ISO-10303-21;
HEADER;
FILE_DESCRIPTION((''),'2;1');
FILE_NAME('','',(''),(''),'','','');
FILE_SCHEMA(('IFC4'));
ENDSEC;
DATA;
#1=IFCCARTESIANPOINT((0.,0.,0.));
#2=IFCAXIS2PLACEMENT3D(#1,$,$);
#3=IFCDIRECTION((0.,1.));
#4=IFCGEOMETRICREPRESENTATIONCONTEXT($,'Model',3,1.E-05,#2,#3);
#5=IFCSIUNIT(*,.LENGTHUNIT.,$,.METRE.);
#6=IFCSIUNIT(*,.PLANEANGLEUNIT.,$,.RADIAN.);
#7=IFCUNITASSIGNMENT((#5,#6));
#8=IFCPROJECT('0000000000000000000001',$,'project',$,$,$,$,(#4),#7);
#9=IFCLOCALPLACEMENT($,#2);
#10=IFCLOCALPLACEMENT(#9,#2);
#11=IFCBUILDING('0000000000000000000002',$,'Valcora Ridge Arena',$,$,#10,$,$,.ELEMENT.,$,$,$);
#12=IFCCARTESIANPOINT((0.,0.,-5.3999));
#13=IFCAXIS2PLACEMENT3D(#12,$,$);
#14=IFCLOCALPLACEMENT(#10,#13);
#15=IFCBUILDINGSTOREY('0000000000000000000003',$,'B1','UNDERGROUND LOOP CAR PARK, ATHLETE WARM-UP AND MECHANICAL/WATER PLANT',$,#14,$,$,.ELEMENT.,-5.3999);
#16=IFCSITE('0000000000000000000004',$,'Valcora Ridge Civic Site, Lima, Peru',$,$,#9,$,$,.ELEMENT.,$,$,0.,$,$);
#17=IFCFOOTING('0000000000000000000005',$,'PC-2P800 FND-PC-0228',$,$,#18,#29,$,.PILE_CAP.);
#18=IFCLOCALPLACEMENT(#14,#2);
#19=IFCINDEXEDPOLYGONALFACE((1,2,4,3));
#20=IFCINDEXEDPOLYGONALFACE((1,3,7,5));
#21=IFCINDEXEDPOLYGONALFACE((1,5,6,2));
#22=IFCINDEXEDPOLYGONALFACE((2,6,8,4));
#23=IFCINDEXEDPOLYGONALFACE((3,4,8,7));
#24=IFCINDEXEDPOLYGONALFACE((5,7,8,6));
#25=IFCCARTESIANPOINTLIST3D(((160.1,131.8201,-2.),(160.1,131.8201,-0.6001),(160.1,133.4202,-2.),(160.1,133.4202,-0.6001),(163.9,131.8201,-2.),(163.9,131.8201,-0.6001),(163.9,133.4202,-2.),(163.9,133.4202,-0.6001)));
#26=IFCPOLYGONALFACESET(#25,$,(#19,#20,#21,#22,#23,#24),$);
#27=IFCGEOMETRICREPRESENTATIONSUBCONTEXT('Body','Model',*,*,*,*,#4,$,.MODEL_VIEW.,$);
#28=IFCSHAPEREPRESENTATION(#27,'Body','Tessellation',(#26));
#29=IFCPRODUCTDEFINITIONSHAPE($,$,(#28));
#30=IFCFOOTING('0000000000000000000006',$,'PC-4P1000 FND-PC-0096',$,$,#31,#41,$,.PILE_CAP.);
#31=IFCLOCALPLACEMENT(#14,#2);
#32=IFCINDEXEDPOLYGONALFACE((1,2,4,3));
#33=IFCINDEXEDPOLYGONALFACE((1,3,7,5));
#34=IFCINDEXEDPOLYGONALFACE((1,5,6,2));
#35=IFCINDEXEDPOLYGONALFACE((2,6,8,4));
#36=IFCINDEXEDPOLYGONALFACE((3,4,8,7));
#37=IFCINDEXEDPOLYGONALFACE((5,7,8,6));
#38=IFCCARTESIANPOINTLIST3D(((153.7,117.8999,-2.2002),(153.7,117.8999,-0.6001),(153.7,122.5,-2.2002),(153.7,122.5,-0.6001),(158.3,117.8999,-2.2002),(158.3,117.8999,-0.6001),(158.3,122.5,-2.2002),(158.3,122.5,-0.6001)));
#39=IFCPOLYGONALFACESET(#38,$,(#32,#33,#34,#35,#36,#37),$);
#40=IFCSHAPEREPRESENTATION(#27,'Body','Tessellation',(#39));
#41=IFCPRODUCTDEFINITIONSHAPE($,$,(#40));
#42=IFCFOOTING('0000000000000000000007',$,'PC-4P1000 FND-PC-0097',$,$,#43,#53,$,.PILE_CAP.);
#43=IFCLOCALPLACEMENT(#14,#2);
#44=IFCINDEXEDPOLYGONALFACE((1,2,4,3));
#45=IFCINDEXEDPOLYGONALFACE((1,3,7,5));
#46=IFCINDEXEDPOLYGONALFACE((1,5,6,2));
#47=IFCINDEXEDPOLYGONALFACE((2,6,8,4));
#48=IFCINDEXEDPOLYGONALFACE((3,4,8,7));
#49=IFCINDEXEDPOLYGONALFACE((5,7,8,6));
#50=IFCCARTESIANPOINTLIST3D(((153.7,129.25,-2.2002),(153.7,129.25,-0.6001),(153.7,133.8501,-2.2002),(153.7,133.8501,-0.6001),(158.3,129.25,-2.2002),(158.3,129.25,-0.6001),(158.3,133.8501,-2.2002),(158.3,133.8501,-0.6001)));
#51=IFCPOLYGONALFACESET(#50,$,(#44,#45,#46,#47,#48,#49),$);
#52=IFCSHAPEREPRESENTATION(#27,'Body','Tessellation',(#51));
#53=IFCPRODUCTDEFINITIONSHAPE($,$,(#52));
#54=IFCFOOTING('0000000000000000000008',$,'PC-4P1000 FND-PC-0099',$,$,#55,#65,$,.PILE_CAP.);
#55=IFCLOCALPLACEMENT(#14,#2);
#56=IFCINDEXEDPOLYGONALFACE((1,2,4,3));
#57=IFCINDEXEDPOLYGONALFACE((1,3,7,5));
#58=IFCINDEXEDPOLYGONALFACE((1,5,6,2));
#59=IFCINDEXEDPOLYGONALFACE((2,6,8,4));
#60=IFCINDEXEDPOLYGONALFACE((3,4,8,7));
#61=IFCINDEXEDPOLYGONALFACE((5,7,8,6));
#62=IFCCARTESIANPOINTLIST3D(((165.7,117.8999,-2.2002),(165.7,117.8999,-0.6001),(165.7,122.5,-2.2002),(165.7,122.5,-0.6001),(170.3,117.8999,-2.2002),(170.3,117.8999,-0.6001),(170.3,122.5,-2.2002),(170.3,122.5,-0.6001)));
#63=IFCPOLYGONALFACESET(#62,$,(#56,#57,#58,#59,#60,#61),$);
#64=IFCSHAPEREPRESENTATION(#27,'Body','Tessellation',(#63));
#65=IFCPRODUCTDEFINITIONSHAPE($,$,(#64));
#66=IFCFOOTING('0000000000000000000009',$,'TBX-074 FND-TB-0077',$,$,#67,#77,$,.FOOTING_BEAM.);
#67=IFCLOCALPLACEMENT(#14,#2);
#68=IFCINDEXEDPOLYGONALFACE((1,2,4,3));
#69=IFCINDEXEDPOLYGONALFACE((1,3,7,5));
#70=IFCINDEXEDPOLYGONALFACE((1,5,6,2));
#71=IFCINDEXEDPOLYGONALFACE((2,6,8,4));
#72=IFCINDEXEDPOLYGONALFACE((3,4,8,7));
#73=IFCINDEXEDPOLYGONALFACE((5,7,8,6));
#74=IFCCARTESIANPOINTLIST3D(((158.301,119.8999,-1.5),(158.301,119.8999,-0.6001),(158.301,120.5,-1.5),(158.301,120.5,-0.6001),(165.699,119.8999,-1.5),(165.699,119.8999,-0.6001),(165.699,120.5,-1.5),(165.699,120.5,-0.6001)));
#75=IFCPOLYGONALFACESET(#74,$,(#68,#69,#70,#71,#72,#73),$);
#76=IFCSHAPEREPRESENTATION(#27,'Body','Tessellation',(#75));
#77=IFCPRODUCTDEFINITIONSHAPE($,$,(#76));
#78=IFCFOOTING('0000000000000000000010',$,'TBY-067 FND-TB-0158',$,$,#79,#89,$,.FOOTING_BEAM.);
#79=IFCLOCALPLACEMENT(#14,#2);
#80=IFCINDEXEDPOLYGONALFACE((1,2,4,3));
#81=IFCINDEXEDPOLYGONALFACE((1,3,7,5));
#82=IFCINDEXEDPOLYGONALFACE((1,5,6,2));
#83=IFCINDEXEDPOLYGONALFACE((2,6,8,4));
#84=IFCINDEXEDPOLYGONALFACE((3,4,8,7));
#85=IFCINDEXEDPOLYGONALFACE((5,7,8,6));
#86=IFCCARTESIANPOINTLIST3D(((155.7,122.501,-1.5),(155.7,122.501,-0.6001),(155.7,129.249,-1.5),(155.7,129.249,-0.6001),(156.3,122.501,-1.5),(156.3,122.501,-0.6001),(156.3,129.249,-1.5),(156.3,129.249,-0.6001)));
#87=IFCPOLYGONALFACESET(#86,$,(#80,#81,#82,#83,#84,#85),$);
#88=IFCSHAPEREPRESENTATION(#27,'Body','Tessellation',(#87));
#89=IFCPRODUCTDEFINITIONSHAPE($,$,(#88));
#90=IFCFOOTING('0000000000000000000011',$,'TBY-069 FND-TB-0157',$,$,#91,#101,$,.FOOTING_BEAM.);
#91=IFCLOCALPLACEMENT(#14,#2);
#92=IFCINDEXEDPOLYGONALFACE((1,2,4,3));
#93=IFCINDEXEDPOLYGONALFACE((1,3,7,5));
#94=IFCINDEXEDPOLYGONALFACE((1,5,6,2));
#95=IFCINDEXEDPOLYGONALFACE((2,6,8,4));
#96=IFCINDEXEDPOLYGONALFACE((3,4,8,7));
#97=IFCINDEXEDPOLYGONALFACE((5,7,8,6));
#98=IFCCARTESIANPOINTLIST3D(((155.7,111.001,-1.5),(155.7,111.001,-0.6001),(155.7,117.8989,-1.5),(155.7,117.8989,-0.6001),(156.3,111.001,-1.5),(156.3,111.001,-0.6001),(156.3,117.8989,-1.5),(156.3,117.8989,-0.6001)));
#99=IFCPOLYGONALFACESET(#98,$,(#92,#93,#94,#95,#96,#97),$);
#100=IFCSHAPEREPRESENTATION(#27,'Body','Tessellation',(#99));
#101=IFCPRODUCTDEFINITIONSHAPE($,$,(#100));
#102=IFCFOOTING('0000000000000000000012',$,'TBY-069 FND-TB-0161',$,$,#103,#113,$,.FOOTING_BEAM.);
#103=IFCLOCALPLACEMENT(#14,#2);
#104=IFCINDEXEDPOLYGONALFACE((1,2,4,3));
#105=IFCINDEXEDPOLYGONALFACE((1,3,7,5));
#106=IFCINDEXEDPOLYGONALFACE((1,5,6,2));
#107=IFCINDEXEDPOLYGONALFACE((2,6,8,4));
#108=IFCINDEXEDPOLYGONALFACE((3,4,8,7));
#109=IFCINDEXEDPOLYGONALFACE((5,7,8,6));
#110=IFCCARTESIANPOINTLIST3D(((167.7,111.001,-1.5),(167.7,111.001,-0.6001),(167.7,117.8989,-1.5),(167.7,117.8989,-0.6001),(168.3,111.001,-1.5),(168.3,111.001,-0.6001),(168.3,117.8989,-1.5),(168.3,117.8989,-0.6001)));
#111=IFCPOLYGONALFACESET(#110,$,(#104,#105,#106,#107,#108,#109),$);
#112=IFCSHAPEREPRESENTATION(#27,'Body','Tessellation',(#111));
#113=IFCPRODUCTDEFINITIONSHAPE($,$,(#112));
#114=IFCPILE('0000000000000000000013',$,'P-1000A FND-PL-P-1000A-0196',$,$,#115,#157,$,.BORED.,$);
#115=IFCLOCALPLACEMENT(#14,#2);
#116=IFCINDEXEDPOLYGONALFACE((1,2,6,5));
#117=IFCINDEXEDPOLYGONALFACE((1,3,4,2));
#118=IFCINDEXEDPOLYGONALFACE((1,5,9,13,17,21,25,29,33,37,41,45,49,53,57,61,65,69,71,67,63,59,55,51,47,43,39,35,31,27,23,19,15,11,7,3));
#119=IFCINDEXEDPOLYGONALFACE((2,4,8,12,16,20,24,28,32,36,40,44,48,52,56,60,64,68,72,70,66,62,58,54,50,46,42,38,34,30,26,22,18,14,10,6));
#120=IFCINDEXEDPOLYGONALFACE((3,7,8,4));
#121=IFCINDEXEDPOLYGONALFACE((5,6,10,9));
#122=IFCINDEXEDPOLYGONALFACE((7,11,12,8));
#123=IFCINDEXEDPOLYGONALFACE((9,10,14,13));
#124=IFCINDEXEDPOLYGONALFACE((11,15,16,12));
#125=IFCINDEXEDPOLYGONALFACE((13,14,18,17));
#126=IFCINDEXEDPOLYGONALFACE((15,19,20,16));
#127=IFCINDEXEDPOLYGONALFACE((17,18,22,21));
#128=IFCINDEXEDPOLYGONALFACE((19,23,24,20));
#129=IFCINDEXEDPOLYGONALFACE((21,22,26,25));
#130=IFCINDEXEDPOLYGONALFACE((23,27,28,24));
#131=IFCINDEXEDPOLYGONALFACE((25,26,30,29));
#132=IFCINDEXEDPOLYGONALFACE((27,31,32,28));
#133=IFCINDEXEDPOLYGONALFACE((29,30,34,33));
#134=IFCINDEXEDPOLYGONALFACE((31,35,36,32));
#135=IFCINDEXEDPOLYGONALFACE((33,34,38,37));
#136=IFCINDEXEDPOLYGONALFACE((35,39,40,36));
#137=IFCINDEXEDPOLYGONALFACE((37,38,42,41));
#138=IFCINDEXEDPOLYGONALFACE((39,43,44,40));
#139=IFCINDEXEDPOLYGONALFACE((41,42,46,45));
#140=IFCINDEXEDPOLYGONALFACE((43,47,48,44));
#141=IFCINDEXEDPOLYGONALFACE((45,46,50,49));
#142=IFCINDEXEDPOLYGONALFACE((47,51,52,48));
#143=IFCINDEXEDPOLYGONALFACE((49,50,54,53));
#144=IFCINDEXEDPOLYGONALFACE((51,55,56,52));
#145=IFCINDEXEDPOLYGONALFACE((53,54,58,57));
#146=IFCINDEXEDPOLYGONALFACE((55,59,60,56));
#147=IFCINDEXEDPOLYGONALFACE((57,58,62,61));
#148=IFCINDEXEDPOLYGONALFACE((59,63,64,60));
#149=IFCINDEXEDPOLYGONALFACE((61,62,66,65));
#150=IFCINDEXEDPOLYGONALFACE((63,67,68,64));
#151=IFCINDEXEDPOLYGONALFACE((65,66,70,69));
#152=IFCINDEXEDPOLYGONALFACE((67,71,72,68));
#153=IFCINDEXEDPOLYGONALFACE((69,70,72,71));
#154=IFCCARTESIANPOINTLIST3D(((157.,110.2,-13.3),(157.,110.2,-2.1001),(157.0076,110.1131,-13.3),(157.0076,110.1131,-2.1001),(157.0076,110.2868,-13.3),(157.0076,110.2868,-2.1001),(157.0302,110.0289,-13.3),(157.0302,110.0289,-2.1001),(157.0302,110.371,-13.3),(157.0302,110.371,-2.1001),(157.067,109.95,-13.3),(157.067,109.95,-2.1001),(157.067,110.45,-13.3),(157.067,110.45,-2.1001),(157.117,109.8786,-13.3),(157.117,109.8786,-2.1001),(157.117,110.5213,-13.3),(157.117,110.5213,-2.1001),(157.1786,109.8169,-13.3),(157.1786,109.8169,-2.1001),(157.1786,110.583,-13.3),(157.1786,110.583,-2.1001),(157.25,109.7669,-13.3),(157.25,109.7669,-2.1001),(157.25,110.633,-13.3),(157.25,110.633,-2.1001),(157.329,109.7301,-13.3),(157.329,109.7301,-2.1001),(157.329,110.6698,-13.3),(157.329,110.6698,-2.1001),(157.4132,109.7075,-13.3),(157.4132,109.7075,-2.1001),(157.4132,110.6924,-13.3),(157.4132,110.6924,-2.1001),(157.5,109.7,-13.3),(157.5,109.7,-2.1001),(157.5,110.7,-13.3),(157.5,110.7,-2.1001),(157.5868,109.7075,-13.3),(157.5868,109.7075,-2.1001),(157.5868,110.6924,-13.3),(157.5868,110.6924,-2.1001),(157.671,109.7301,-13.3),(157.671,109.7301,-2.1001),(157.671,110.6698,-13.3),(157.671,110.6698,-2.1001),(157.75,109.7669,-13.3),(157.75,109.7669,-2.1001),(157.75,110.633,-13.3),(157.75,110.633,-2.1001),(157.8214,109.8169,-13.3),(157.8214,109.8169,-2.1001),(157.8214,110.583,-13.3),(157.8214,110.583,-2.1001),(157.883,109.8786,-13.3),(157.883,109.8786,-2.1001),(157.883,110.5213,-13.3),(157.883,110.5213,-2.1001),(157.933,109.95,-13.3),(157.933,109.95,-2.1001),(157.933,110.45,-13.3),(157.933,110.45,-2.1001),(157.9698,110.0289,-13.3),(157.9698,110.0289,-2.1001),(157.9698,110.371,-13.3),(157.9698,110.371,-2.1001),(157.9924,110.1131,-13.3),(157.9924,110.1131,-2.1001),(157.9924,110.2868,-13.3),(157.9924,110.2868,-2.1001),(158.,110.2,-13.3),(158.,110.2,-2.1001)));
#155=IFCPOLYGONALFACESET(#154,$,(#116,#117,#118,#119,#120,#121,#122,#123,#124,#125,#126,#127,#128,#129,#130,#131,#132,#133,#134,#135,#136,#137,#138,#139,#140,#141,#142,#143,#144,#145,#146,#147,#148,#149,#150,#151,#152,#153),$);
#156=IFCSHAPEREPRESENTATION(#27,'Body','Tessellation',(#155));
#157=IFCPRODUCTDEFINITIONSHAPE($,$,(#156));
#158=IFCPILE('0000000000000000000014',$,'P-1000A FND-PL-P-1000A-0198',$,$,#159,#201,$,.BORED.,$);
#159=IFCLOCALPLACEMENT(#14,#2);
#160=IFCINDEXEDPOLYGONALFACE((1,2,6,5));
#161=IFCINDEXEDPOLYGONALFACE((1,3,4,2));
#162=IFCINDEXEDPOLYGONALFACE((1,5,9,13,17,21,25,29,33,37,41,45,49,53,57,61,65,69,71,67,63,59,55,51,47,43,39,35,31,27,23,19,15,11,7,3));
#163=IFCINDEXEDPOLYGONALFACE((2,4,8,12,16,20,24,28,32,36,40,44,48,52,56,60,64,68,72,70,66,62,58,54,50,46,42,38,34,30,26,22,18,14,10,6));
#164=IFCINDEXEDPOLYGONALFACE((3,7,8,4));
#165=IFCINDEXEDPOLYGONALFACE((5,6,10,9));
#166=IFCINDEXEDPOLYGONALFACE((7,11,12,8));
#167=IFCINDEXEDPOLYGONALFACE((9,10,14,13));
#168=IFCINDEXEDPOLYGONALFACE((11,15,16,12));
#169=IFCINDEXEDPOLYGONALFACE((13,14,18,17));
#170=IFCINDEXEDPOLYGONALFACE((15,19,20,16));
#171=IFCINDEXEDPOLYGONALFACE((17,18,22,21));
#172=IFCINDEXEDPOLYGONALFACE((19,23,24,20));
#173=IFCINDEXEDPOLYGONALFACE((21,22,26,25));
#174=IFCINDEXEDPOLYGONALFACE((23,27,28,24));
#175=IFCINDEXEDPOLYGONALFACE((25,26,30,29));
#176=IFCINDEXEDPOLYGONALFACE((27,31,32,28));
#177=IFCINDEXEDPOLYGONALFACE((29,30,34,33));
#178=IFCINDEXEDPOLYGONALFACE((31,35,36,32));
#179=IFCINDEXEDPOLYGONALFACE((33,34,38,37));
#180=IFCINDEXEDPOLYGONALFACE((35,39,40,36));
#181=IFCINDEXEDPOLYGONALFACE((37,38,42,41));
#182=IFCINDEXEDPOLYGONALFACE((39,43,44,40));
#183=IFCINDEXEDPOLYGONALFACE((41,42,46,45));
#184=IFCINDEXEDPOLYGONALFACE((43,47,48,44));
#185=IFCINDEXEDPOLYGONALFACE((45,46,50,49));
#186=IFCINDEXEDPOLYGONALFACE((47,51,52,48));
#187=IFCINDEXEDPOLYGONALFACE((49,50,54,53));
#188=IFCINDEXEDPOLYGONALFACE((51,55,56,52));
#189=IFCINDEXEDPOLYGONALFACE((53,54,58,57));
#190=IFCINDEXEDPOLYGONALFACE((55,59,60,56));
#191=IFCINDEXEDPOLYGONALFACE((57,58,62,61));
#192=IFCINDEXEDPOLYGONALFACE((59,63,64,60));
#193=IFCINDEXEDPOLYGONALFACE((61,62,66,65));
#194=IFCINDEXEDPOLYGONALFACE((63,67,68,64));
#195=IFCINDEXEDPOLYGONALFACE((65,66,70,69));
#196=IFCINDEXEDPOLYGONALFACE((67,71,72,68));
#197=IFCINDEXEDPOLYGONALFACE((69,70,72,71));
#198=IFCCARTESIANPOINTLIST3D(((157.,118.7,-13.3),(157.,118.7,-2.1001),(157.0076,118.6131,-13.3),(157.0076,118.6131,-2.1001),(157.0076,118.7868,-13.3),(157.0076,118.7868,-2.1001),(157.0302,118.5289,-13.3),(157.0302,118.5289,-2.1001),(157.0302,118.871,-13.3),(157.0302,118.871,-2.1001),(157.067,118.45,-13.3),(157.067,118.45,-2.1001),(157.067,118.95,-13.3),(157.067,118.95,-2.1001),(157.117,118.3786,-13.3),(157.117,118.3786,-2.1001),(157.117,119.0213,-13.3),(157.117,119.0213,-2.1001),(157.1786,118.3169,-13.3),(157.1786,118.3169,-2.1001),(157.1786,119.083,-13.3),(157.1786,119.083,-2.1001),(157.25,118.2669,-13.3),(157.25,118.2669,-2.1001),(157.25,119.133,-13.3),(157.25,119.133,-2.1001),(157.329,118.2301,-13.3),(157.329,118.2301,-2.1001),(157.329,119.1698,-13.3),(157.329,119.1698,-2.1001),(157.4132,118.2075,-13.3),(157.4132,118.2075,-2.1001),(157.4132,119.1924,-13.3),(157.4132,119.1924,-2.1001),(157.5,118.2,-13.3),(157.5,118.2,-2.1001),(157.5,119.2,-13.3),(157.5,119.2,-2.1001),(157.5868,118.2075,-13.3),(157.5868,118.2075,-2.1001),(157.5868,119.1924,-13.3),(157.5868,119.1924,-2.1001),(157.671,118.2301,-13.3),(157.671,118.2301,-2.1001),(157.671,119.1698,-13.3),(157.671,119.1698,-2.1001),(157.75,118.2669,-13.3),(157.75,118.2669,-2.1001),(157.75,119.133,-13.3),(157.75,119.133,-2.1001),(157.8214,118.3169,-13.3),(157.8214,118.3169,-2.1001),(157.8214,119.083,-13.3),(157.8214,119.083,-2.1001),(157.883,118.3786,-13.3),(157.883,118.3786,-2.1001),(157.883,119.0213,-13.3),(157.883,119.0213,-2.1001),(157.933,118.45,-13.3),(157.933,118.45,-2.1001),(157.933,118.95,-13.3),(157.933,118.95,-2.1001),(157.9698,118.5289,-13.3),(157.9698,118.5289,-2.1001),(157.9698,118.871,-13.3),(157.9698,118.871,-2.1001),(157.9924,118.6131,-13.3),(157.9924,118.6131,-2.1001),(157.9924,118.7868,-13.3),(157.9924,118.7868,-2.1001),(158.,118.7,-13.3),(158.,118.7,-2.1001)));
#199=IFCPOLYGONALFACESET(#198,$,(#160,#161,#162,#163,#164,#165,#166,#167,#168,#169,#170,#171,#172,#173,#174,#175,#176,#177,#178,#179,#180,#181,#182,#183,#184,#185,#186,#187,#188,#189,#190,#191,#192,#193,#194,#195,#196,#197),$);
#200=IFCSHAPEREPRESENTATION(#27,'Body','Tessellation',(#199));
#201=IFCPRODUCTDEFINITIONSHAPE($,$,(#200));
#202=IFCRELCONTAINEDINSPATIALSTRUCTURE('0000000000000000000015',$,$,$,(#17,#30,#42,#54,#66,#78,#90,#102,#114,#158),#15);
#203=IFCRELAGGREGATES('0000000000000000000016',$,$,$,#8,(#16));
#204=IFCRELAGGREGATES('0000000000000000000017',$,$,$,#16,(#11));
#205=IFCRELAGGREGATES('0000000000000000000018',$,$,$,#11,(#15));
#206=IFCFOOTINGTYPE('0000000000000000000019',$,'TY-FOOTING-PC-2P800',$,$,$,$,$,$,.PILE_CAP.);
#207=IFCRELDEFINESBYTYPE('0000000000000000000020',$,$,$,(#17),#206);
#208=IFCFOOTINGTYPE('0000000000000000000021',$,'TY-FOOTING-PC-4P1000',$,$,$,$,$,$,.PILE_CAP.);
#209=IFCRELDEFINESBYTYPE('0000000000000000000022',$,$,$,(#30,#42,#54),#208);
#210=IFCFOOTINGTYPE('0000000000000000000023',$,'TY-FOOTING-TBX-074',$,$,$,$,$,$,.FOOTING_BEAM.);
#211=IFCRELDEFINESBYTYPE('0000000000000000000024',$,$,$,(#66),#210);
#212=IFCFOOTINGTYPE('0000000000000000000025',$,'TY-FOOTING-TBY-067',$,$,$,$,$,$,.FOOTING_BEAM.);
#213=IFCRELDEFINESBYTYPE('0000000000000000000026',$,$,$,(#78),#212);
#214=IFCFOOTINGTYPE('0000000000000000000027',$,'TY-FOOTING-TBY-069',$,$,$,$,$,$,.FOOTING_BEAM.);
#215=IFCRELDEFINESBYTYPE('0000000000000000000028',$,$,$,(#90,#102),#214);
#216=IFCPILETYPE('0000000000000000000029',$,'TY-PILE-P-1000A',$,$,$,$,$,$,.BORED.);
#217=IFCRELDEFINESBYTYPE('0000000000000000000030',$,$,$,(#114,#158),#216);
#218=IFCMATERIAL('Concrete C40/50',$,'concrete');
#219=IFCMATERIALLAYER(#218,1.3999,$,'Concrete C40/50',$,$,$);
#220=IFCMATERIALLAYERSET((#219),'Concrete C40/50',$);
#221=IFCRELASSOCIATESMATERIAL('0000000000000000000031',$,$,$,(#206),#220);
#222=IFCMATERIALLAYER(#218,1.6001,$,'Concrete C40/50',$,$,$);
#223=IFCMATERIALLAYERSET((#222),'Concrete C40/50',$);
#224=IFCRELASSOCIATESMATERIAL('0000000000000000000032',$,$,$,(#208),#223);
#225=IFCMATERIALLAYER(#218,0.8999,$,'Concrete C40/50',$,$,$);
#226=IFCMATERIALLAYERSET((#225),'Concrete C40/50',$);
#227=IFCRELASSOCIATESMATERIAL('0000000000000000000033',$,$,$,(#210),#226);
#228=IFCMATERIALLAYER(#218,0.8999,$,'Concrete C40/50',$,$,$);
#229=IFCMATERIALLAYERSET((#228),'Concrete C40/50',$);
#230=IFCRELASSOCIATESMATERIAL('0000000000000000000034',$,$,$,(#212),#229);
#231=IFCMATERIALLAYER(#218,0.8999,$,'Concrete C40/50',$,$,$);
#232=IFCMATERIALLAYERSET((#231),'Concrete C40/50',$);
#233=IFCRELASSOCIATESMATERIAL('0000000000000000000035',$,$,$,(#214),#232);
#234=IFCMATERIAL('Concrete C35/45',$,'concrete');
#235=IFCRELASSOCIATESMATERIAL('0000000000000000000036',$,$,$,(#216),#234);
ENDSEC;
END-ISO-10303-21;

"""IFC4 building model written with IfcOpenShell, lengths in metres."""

from ifc_helpers import new_model, si_unit, direction, frame, origin, origin_2d, place, context, subcontext, project, spatial, rectangle, circle, extrude, material, layer, layer_set, material_profile, profile_set, type_object, element, save


model = new_model("IFC4")

# Units and contexts
model_context = context("Model", 3, precision=1e-05, world=origin(), true_north=direction((0.0, 1.0)))
body_context = subcontext(model_context, "Body", "Model", "MODEL_VIEW")
ifc_project = project(units=[si_unit("LENGTHUNIT", "METRE"), si_unit("PLANEANGLEUNIT", "RADIAN")], contexts=[model_context])

# Site, building, storey
site_placement = place(None, origin())
site = spatial("IfcSite", under=ifc_project, at=site_placement, Name="Valcora Ridge Civic Site, Lima, Peru", CompositionType="ELEMENT", RefElevation=0.0)
building_placement = place(site_placement, origin())
building = spatial("IfcBuilding", under=site, at=building_placement, Name="Valcora Ridge Arena", CompositionType="ELEMENT")
storey_placement = place(building_placement, frame((0.0, 0.0, -5.3999)))
storey = spatial("IfcBuildingStorey", under=building, at=storey_placement, Name="B1", Description="UNDERGROUND LOOP CAR PARK, ATHLETE WARM-UP AND MECHANICAL/WATER PLANT", CompositionType="ELEMENT", Elevation=-5.3999)

# Footings
ifc_material_1 = material(Name="Concrete C40/50", Category="concrete")
ifc_layer_1 = layer(ifc_material_1, 1.3999, Name="Concrete C40/50")
ifc_layer_set_1 = layer_set([ifc_layer_1], Name="Concrete C40/50")
footing_type_1 = type_object("IfcFootingType", Name="TY-FOOTING-PC-2P800", PredefinedType="PILE_CAP", material=ifc_layer_set_1)
footing_1_placement = place(storey_placement, frame((162.0, 132.6201, -2.0), z_axis=(0.0, 0.0, 1.0), x_axis=(1.0, 0.0, 0.0)))
element("IfcFooting", 1, at=footing_1_placement, inside=storey, type_object=footing_type_1, Name="PC-2P800 FND-PC-0228", PredefinedType="PILE_CAP", context=body_context, shape_type="SweptSolid", body=[
    extrude(rectangle(XDim=3.8, YDim=1.6001, at=origin_2d()), origin(), (0.0, 0.0, 1.0), 1.3999),
])
ifc_layer_2 = layer(ifc_material_1, 1.6001, Name="Concrete C40/50")
ifc_layer_set_2 = layer_set([ifc_layer_2], Name="Concrete C40/50")
footing_type_2 = type_object("IfcFootingType", Name="TY-FOOTING-PC-4P1000", PredefinedType="PILE_CAP", material=ifc_layer_set_2)
for number, where, z_axis, x_axis, name in (
    (2, (156.0, 120.2, -2.2002), (0.0, 0.0, 1.0), (1.0, 0.0, 0.0), "PC-4P1000 FND-PC-0096"),
    (3, (156.0, 131.55, -2.2002), (0.0, 0.0, 1.0), (1.0, 0.0, 0.0), "PC-4P1000 FND-PC-0097"),
    (4, (168.0, 120.2, -2.2002), (0.0, 0.0, 1.0), (1.0, 0.0, 0.0), "PC-4P1000 FND-PC-0099"),
):
    element("IfcFooting", number, at=place(storey_placement, frame(where, z_axis=z_axis, x_axis=x_axis)), inside=storey, type_object=footing_type_2, Name=name, PredefinedType="PILE_CAP", context=body_context, shape_type="SweptSolid", body=[
        extrude(rectangle(XDim=4.6001, YDim=4.6001, at=origin_2d()), origin(), (0.0, 0.0, 1.0), 1.6001),
    ])
ifc_layer_3 = layer(ifc_material_1, 0.8999, Name="Concrete C40/50")
ifc_layer_set_3 = layer_set([ifc_layer_3], Name="Concrete C40/50")
footing_type_3 = type_object("IfcFootingType", Name="TY-FOOTING-TBX-074", PredefinedType="FOOTING_BEAM", material=ifc_layer_set_3)
footing_2_placement = place(storey_placement, frame((162.0, 120.2, -1.5), z_axis=(0.0, 0.0, 1.0), x_axis=(1.0, 0.0, 0.0)))
element("IfcFooting", 5, at=footing_2_placement, inside=storey, type_object=footing_type_3, Name="TBX-074 FND-TB-0077", PredefinedType="FOOTING_BEAM", context=body_context, shape_type="SweptSolid", body=[
    extrude(rectangle(XDim=7.3979, YDim=0.6001, at=origin_2d()), origin(), (0.0, 0.0, 1.0), 0.8999),
])
ifc_layer_4 = layer(ifc_material_1, 0.8999, Name="Concrete C40/50")
ifc_layer_set_4 = layer_set([ifc_layer_4], Name="Concrete C40/50")
footing_type_4 = type_object("IfcFootingType", Name="TY-FOOTING-TBY-067", PredefinedType="FOOTING_BEAM", material=ifc_layer_set_4)
footing_3_placement = place(storey_placement, frame((156.0, 125.875, -1.5), z_axis=(0.0, 0.0, 1.0), x_axis=(1.0, 0.0, 0.0)))
element("IfcFooting", 6, at=footing_3_placement, inside=storey, type_object=footing_type_4, Name="TBY-067 FND-TB-0158", PredefinedType="FOOTING_BEAM", context=body_context, shape_type="SweptSolid", body=[
    extrude(rectangle(XDim=0.6001, YDim=6.748, at=origin_2d()), origin(), (0.0, 0.0, 1.0), 0.8999),
])
ifc_layer_5 = layer(ifc_material_1, 0.8999, Name="Concrete C40/50")
ifc_layer_set_5 = layer_set([ifc_layer_5], Name="Concrete C40/50")
footing_type_5 = type_object("IfcFootingType", Name="TY-FOOTING-TBY-069", PredefinedType="FOOTING_BEAM", material=ifc_layer_set_5)
for number, where, z_axis, x_axis, name in (
    (7, (156.0, 114.45, -1.5), (0.0, 0.0, 1.0), (1.0, 0.0, 0.0), "TBY-069 FND-TB-0157"),
    (8, (168.0, 114.45, -1.5), (0.0, 0.0, 1.0), (1.0, 0.0, 0.0), "TBY-069 FND-TB-0161"),
):
    element("IfcFooting", number, at=place(storey_placement, frame(where, z_axis=z_axis, x_axis=x_axis)), inside=storey, type_object=footing_type_5, Name=name, PredefinedType="FOOTING_BEAM", context=body_context, shape_type="SweptSolid", body=[
        extrude(rectangle(XDim=0.6001, YDim=6.8979, at=origin_2d()), origin(), (0.0, 0.0, 1.0), 0.8999),
    ])

# Piles
ifc_material_2 = material(Name="Concrete C35/45", Category="concrete")
ifc_material_profile_1 = material_profile(ifc_material_2, circle(Radius=0.5, at=origin_2d()), Name="BORED PILE D1000")
ifc_profile_set_1 = profile_set([ifc_material_profile_1], Name="Concrete C35/45")
pile_type_1 = type_object("IfcPileType", Name="TY-PILE-P-1000A", PredefinedType="BORED", material=ifc_profile_set_1)
for number, where, z_axis, x_axis, name in (
    (9, (157.5, 110.2, -2.1001), (0.0, 0.0, -1.0), (1.0, 0.0, 0.0), "P-1000A FND-PL-P-1000A-0196"),
    (10, (157.5, 118.7, -2.1001), (0.0, 0.0, -1.0), (1.0, 0.0, 0.0), "P-1000A FND-PL-P-1000A-0198"),
):
    element("IfcPile", number, at=place(storey_placement, frame(where, z_axis=z_axis, x_axis=x_axis)), inside=storey, type_object=pile_type_1, Name=name, PredefinedType="BORED", context=body_context, shape_type="SweptSolid", body=[
        extrude(circle(Radius=0.5, at=origin_2d()), origin(), (0.0, 0.0, 1.0), 11.2),
    ])

save(model, "model.ifc")
